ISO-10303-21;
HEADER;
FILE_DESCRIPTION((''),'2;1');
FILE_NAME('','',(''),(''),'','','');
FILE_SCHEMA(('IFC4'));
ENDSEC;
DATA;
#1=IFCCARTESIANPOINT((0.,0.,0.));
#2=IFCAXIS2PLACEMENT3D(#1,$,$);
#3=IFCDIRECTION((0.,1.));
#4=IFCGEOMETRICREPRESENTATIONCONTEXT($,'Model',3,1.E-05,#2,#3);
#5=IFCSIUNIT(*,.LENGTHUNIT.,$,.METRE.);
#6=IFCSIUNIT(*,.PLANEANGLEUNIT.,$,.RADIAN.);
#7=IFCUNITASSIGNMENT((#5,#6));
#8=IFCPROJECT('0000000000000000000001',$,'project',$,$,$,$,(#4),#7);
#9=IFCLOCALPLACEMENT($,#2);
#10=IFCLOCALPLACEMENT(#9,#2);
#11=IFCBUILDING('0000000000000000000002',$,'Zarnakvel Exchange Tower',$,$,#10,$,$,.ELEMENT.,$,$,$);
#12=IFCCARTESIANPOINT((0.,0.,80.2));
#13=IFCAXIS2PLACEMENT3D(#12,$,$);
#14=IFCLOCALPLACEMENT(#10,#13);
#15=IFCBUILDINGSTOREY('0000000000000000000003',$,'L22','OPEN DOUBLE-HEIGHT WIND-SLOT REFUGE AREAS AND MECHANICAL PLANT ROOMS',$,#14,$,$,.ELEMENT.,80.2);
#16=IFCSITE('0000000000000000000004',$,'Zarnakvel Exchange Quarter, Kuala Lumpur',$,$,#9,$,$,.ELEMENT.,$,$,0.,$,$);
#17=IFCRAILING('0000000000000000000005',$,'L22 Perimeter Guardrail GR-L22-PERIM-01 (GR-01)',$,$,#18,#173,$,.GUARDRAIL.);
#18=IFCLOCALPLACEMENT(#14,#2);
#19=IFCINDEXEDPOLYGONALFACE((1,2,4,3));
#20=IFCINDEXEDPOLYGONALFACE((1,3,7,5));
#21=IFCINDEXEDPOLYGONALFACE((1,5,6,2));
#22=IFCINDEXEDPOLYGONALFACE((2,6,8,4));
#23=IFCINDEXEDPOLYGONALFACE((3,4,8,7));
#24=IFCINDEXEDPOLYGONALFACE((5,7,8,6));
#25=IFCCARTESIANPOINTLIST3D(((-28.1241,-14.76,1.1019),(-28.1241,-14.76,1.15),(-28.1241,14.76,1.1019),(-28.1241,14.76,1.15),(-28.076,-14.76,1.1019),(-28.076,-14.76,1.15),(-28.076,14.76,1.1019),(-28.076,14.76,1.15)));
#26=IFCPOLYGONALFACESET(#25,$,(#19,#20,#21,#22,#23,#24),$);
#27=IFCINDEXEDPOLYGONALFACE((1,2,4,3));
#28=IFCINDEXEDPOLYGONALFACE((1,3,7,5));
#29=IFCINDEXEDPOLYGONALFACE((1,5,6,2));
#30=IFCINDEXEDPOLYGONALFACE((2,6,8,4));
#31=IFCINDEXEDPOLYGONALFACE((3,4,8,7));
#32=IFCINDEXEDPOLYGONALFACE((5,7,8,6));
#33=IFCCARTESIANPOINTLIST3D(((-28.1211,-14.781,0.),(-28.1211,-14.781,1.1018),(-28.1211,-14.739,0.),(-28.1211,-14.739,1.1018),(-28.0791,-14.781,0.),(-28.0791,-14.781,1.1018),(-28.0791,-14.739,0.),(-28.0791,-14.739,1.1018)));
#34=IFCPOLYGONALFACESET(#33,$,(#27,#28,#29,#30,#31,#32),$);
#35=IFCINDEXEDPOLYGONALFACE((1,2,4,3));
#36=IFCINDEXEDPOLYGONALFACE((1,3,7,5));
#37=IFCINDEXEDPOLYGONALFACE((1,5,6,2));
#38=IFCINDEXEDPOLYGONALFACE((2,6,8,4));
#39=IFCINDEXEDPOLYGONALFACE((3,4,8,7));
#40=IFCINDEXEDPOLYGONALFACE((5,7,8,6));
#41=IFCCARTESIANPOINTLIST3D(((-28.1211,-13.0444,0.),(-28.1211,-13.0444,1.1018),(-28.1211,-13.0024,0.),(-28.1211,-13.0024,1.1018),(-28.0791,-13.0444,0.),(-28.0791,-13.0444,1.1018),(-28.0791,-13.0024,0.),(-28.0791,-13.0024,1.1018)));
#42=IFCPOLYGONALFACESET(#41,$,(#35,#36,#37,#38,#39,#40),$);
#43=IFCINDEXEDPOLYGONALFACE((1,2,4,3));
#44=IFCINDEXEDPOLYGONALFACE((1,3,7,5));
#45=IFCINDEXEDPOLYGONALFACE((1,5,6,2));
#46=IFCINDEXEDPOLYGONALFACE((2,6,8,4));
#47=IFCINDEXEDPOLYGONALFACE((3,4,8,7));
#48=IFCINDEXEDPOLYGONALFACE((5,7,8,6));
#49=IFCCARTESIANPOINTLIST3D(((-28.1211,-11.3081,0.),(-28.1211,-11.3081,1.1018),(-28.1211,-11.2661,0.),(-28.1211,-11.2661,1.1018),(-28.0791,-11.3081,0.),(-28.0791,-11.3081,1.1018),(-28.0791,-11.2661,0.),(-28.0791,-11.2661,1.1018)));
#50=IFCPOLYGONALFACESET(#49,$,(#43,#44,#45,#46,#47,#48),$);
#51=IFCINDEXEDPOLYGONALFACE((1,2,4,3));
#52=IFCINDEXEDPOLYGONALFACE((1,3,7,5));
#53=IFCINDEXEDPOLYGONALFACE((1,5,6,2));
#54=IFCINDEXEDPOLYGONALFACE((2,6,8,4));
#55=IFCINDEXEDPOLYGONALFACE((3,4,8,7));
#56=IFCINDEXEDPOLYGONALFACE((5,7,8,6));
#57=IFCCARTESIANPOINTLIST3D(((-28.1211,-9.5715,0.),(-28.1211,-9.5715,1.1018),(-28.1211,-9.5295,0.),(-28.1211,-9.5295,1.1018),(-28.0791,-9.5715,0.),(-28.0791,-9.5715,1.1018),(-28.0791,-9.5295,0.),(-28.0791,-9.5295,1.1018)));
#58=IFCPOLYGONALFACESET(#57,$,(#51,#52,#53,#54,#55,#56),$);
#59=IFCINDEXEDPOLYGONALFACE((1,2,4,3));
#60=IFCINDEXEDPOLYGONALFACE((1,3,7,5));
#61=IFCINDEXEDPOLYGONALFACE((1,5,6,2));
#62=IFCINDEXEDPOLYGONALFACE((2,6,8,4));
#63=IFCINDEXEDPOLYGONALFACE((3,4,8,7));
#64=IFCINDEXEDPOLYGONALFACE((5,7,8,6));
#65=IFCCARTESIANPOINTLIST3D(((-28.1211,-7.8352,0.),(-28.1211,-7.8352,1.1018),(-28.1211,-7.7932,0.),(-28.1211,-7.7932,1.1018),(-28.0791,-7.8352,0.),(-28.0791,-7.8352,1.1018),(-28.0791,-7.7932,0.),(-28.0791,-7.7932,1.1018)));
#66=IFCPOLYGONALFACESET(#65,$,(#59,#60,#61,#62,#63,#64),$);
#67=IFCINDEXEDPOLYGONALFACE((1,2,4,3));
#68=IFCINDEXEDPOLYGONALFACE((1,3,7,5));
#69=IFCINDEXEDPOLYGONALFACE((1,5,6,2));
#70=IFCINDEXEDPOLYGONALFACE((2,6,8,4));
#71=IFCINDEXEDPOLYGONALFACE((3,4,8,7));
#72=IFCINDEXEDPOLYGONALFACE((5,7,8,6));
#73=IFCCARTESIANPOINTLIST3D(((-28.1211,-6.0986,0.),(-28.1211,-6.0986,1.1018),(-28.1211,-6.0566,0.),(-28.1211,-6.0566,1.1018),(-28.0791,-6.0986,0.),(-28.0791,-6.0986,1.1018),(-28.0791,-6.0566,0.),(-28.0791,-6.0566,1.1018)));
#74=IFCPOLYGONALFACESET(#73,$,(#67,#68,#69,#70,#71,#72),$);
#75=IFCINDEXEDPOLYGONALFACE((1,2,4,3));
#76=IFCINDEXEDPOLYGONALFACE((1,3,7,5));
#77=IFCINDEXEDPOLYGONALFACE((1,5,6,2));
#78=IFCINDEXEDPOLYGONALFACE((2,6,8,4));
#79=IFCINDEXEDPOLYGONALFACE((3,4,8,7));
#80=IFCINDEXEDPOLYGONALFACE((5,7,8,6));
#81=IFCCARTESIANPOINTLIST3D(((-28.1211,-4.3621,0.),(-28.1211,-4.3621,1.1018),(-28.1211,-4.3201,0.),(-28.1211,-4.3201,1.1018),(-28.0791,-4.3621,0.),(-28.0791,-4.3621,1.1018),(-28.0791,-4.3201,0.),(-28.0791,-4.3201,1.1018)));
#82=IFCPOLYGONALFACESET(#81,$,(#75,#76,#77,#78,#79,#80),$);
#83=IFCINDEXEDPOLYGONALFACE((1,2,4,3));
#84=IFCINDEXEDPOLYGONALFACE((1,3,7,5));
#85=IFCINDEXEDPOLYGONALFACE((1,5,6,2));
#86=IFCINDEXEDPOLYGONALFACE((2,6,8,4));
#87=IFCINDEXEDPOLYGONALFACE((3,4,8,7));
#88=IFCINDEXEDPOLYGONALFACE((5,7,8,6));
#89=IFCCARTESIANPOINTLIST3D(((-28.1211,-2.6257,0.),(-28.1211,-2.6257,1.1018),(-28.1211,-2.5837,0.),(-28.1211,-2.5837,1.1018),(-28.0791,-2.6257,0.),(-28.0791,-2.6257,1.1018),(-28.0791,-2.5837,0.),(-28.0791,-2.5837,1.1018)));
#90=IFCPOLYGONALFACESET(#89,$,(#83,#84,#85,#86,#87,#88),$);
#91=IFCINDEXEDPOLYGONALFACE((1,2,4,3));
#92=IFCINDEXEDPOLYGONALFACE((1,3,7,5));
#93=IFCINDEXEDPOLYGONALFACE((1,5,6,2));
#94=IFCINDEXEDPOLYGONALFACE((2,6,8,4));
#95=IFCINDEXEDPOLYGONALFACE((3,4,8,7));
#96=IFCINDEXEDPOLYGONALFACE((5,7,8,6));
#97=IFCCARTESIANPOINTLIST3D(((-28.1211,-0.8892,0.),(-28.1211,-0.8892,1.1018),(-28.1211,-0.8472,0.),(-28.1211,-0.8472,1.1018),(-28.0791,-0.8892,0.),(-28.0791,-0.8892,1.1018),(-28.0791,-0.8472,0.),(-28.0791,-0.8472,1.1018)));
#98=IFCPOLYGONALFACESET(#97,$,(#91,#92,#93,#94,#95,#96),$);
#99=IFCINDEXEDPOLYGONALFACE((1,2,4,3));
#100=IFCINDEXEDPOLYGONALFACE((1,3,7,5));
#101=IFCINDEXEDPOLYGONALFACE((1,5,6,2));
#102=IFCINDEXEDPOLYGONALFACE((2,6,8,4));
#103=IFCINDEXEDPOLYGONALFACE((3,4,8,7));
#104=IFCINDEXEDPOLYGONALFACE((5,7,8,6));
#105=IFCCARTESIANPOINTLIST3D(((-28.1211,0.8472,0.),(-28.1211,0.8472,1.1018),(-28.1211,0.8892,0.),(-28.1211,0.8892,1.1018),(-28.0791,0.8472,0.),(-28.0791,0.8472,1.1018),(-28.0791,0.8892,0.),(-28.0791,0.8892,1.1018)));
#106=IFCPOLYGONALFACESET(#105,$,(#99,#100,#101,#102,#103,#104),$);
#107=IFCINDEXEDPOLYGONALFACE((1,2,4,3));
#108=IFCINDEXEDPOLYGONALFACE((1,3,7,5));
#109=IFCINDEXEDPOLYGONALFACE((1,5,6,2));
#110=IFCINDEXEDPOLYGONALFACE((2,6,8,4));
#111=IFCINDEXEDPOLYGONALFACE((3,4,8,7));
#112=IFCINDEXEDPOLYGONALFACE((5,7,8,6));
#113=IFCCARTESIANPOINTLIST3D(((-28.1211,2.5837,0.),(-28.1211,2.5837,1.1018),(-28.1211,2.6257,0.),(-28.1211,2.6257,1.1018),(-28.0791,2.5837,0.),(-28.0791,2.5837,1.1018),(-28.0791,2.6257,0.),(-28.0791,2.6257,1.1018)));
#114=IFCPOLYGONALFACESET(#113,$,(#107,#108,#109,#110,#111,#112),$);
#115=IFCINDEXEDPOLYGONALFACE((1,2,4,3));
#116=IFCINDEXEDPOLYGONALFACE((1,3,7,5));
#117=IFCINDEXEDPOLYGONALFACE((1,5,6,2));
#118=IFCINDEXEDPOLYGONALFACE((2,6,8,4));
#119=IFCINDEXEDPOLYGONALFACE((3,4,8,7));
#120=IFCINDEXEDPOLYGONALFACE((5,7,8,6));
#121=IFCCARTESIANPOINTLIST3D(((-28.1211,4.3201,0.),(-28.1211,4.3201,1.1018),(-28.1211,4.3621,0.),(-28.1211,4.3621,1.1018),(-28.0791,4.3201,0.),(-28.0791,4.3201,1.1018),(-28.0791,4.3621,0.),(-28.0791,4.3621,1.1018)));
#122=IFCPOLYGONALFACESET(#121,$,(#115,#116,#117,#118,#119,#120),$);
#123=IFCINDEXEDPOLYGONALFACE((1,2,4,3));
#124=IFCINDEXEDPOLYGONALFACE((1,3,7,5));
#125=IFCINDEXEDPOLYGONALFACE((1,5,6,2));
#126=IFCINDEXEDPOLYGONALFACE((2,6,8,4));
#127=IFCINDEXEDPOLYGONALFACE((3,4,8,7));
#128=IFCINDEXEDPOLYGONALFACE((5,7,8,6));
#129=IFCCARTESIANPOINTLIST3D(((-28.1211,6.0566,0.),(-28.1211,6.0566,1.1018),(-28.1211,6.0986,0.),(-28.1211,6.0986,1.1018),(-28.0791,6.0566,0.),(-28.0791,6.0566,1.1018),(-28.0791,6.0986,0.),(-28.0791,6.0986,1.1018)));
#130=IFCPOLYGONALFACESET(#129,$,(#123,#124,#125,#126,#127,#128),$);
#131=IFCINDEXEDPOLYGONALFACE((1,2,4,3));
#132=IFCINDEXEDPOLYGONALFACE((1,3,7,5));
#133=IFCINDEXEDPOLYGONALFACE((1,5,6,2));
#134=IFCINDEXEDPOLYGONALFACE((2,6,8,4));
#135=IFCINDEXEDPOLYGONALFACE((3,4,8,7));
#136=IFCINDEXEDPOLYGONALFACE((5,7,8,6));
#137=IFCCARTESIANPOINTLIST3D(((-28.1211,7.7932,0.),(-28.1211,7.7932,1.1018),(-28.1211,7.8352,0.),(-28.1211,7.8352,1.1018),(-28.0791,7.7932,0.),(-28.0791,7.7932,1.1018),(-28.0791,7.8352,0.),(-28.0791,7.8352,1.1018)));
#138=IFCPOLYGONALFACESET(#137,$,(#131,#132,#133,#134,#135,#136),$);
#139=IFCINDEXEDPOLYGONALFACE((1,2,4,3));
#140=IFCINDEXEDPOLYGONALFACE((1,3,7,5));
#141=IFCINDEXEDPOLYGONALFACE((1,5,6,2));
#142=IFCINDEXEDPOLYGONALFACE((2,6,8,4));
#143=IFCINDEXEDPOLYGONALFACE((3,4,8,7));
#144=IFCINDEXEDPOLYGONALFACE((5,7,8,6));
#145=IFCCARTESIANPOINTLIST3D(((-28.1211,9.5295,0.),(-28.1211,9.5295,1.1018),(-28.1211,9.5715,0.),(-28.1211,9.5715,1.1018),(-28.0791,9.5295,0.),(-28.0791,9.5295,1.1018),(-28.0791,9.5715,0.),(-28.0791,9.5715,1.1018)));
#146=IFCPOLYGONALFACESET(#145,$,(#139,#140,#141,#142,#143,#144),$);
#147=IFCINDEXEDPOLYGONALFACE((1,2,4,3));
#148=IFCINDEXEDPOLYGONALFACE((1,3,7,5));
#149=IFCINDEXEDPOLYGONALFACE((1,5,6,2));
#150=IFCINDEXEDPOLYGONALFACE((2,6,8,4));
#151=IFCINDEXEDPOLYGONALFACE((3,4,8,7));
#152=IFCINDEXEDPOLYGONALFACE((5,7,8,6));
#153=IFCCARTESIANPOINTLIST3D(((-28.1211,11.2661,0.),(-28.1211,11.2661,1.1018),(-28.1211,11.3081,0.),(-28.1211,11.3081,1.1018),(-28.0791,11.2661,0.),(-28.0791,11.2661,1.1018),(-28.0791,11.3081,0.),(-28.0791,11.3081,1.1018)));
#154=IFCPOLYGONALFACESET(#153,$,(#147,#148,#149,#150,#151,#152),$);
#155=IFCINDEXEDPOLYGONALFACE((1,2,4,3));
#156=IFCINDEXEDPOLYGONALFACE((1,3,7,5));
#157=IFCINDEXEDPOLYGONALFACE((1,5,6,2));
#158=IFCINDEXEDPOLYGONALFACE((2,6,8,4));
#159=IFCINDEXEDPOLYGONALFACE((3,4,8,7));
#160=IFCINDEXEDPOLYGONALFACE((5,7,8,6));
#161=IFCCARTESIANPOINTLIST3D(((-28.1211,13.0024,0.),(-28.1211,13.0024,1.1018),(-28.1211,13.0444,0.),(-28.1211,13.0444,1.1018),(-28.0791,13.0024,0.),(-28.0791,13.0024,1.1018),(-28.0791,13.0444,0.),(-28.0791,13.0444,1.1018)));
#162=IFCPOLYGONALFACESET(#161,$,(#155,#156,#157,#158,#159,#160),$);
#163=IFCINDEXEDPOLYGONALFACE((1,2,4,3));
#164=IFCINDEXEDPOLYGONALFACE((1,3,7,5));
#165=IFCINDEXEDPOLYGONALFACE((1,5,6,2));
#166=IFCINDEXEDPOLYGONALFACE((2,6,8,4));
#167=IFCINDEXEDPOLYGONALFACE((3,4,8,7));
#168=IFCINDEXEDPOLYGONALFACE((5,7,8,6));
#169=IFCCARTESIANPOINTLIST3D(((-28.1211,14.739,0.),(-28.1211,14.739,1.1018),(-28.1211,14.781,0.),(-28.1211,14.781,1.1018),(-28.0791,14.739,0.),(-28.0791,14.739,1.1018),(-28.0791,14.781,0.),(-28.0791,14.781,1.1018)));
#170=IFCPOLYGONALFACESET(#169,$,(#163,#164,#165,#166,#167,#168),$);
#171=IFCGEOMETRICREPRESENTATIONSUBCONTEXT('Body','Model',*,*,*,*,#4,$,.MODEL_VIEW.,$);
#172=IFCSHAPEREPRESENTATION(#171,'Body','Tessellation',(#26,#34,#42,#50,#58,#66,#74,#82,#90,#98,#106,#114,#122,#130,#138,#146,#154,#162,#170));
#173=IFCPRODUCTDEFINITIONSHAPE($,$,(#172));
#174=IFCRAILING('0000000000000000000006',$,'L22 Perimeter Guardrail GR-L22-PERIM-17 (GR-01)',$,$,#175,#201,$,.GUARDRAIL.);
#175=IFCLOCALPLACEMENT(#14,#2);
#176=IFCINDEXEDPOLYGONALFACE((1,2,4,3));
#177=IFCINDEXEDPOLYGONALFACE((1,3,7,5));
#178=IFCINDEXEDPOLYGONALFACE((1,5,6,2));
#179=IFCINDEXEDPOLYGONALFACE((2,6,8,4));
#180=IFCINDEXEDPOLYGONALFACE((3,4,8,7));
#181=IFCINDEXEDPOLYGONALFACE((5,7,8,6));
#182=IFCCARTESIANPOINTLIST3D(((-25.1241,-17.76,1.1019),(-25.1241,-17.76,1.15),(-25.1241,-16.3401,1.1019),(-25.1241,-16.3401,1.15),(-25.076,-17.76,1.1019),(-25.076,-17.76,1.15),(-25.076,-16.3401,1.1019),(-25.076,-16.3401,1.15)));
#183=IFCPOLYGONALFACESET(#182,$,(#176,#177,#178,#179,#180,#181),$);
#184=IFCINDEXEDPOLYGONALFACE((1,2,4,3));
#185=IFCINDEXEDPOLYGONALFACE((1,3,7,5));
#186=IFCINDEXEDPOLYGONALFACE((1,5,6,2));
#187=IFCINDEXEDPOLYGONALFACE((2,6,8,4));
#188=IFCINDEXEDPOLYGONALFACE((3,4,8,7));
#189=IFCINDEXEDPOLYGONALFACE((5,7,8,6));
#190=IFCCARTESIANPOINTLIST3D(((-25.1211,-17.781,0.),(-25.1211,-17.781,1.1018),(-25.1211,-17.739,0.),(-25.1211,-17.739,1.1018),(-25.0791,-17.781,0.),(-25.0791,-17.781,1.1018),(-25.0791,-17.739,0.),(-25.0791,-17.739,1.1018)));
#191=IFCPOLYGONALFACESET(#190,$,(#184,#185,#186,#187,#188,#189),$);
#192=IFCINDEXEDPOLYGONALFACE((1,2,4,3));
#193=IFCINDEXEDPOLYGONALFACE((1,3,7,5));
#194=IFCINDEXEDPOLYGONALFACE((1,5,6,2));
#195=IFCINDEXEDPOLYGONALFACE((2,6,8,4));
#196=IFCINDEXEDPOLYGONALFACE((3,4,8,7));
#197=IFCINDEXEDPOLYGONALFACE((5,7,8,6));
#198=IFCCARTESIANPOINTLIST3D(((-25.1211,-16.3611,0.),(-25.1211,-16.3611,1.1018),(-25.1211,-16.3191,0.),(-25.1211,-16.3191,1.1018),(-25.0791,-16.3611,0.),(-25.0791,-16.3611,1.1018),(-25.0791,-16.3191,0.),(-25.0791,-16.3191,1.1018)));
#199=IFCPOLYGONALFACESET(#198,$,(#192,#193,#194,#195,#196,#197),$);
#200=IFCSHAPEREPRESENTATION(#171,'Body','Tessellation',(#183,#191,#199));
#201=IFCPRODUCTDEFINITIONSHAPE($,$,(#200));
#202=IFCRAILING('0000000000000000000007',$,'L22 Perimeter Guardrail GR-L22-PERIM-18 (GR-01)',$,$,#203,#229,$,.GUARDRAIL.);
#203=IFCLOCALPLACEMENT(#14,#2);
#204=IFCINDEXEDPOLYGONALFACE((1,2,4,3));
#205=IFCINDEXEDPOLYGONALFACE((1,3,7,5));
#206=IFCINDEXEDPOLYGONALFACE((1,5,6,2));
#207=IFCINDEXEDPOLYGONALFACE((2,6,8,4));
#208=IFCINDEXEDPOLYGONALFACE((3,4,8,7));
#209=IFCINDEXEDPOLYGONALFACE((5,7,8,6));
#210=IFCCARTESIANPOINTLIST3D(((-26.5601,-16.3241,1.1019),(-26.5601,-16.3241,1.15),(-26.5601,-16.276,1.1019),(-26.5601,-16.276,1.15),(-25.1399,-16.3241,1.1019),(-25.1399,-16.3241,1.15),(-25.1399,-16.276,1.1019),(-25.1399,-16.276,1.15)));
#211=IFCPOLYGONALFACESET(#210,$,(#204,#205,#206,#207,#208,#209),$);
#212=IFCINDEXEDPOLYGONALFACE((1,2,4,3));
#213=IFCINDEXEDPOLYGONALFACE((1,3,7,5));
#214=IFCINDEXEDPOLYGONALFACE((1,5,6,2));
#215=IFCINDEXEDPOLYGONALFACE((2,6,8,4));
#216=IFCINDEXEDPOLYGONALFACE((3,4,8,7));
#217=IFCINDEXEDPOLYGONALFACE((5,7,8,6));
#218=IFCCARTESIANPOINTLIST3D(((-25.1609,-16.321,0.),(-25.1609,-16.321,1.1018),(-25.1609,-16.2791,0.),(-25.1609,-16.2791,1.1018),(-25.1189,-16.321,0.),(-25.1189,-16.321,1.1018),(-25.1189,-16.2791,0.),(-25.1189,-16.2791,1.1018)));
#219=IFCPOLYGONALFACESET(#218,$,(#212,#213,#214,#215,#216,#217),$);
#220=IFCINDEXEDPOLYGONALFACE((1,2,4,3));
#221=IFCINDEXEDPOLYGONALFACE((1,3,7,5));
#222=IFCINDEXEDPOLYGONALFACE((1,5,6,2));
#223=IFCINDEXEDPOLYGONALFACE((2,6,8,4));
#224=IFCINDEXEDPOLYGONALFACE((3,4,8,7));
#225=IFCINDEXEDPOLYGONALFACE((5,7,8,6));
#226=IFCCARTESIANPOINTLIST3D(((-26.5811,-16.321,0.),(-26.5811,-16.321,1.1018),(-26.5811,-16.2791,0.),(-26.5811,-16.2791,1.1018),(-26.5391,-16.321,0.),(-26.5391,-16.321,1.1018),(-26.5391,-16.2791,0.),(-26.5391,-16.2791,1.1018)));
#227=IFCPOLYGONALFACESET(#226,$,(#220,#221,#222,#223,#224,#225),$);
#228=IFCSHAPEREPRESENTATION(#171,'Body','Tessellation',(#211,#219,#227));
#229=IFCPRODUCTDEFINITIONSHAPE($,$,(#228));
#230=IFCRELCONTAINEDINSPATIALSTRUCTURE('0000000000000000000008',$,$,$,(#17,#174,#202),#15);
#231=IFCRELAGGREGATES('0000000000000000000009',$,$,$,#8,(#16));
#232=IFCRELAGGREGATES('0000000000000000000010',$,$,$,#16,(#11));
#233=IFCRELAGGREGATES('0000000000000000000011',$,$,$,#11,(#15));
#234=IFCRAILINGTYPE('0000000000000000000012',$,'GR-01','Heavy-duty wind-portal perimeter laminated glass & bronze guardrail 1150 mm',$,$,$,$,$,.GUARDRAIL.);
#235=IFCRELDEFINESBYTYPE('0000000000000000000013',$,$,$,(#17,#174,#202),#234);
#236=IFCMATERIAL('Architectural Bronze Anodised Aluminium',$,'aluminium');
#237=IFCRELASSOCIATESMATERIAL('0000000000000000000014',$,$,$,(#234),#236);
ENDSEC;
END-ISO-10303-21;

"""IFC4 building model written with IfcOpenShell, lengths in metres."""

from ifc_helpers import new_model, si_unit, direction, frame, origin, origin_2d, place, context, subcontext, project, spatial, rectangle, extrude, material, type_object, element, save


model = new_model("IFC4")

# Units and contexts
model_context = context("Model", 3, precision=1e-05, world=origin(), true_north=direction((0.0, 1.0)))
body_context = subcontext(model_context, "Body", "Model", "MODEL_VIEW")
ifc_project = project(units=[si_unit("LENGTHUNIT", "METRE"), si_unit("PLANEANGLEUNIT", "RADIAN")], contexts=[model_context])

# Site, building, storey
site_placement = place(None, origin())
site = spatial("IfcSite", under=ifc_project, at=site_placement, Name="Zarnakvel Exchange Quarter, Kuala Lumpur", CompositionType="ELEMENT", RefElevation=0.0)
building_placement = place(site_placement, origin())
building = spatial("IfcBuilding", under=site, at=building_placement, Name="Zarnakvel Exchange Tower", CompositionType="ELEMENT")
storey_placement = place(building_placement, frame((0.0, 0.0, 80.2)))
storey = spatial("IfcBuildingStorey", under=building, at=storey_placement, Name="L22", Description="OPEN DOUBLE-HEIGHT WIND-SLOT REFUGE AREAS AND MECHANICAL PLANT ROOMS", CompositionType="ELEMENT", Elevation=80.2)

# Railings
ifc_material_1 = material(Name="Architectural Bronze Anodised Aluminium", Category="aluminium")
railing_type = type_object("IfcRailingType", Name="GR-01", Description="Heavy-duty wind-portal perimeter laminated glass & bronze guardrail 1150 mm", PredefinedType="GUARDRAIL", material=ifc_material_1)
railing_1_placement = place(storey_placement, frame((-28.1001, -14.76, 0.0)))
element("IfcRailing", 1, at=railing_1_placement, inside=storey, type_object=railing_type, Name="L22 Perimeter Guardrail GR-L22-PERIM-01 (GR-01)", PredefinedType="GUARDRAIL", context=body_context, shape_type="SweptSolid", body=[
    extrude(rectangle(XDim=0.0481, YDim=0.0481, at=origin_2d()), frame((0.0, 0.0, 1.126), z_axis=(0.0, 1.0, 0.0), x_axis=(-1.0, 0.0, 0.0)), (0.0, 0.0, 1.0), 29.52),
    extrude(rectangle(XDim=0.042, YDim=0.042, at=origin_2d()), origin(), (0.0, 0.0, 1.0), 1.1018),
    extrude(rectangle(XDim=0.042, YDim=0.042, at=origin_2d()), frame((0.0, 1.7366, 0.0)), (0.0, 0.0, 1.0), 1.1018),
    extrude(rectangle(XDim=0.042, YDim=0.042, at=origin_2d()), frame((0.0, 3.4729, 0.0)), (0.0, 0.0, 1.0), 1.1018),
    extrude(rectangle(XDim=0.042, YDim=0.042, at=origin_2d()), frame((0.0, 5.2095, 0.0)), (0.0, 0.0, 1.0), 1.1018),
    extrude(rectangle(XDim=0.042, YDim=0.042, at=origin_2d()), frame((0.0, 6.9458, 0.0)), (0.0, 0.0, 1.0), 1.1018),
    extrude(rectangle(XDim=0.042, YDim=0.042, at=origin_2d()), frame((0.0, 8.6824, 0.0)), (0.0, 0.0, 1.0), 1.1018),
    extrude(rectangle(XDim=0.042, YDim=0.042, at=origin_2d()), frame((0.0, 10.4189, 0.0)), (0.0, 0.0, 1.0), 1.1018),
    extrude(rectangle(XDim=0.042, YDim=0.042, at=origin_2d()), frame((0.0, 12.1553, 0.0)), (0.0, 0.0, 1.0), 1.1018),
    extrude(rectangle(XDim=0.042, YDim=0.042, at=origin_2d()), frame((0.0, 13.8918, 0.0)), (0.0, 0.0, 1.0), 1.1018),
    extrude(rectangle(XDim=0.042, YDim=0.042, at=origin_2d()), frame((0.0, 15.6282, 0.0)), (0.0, 0.0, 1.0), 1.1018),
    extrude(rectangle(XDim=0.042, YDim=0.042, at=origin_2d()), frame((0.0, 17.3647, 0.0)), (0.0, 0.0, 1.0), 1.1018),
    extrude(rectangle(XDim=0.042, YDim=0.042, at=origin_2d()), frame((0.0, 19.1011, 0.0)), (0.0, 0.0, 1.0), 1.1018),
    extrude(rectangle(XDim=0.042, YDim=0.042, at=origin_2d()), frame((0.0, 20.8376, 0.0)), (0.0, 0.0, 1.0), 1.1018),
    extrude(rectangle(XDim=0.042, YDim=0.042, at=origin_2d()), frame((0.0, 22.5742, 0.0)), (0.0, 0.0, 1.0), 1.1018),
    extrude(rectangle(XDim=0.042, YDim=0.042, at=origin_2d()), frame((0.0, 24.3105, 0.0)), (0.0, 0.0, 1.0), 1.1018),
    extrude(rectangle(XDim=0.042, YDim=0.042, at=origin_2d()), frame((0.0, 26.0471, 0.0)), (0.0, 0.0, 1.0), 1.1018),
    extrude(rectangle(XDim=0.042, YDim=0.042, at=origin_2d()), frame((0.0, 27.7834, 0.0)), (0.0, 0.0, 1.0), 1.1018),
    extrude(rectangle(XDim=0.042, YDim=0.042, at=origin_2d()), frame((0.0, 29.52, 0.0)), (0.0, 0.0, 1.0), 1.1018),
])
railing_2_placement = place(storey_placement, frame((-25.1001, -17.76, 0.0)))
element("IfcRailing", 2, at=railing_2_placement, inside=storey, type_object=railing_type, Name="L22 Perimeter Guardrail GR-L22-PERIM-17 (GR-01)", PredefinedType="GUARDRAIL", context=body_context, shape_type="SweptSolid", body=[
    extrude(rectangle(XDim=0.0481, YDim=0.0481, at=origin_2d()), frame((0.0, 0.0, 1.126), z_axis=(0.0, 1.0, 0.0), x_axis=(-1.0, 0.0, 0.0)), (0.0, 0.0, 1.0), 1.4199),
    extrude(rectangle(XDim=0.042, YDim=0.042, at=origin_2d()), origin(), (0.0, 0.0, 1.0), 1.1018),
    extrude(rectangle(XDim=0.042, YDim=0.042, at=origin_2d()), frame((0.0, 1.4199, 0.0)), (0.0, 0.0, 1.0), 1.1018),
])
railing_3_placement = place(storey_placement, frame((-25.1399, -16.3, 0.0)))
element("IfcRailing", 3, at=railing_3_placement, inside=storey, type_object=railing_type, Name="L22 Perimeter Guardrail GR-L22-PERIM-18 (GR-01)", PredefinedType="GUARDRAIL", context=body_context, shape_type="SweptSolid", body=[
    extrude(rectangle(XDim=0.0481, YDim=0.0481, at=origin_2d()), frame((0.0, 0.0, 1.126), z_axis=(-1.0, 0.0, 0.0), x_axis=(0.0, -1.0, 0.0)), (0.0, 0.0, 1.0), 1.4202),
    extrude(rectangle(XDim=0.042, YDim=0.042, at=origin_2d()), origin(), (0.0, 0.0, 1.0), 1.1018),
    extrude(rectangle(XDim=0.042, YDim=0.042, at=origin_2d()), frame((-1.4202, 0.0, 0.0)), (0.0, 0.0, 1.0), 1.1018),
])

save(model, "model.ifc")
